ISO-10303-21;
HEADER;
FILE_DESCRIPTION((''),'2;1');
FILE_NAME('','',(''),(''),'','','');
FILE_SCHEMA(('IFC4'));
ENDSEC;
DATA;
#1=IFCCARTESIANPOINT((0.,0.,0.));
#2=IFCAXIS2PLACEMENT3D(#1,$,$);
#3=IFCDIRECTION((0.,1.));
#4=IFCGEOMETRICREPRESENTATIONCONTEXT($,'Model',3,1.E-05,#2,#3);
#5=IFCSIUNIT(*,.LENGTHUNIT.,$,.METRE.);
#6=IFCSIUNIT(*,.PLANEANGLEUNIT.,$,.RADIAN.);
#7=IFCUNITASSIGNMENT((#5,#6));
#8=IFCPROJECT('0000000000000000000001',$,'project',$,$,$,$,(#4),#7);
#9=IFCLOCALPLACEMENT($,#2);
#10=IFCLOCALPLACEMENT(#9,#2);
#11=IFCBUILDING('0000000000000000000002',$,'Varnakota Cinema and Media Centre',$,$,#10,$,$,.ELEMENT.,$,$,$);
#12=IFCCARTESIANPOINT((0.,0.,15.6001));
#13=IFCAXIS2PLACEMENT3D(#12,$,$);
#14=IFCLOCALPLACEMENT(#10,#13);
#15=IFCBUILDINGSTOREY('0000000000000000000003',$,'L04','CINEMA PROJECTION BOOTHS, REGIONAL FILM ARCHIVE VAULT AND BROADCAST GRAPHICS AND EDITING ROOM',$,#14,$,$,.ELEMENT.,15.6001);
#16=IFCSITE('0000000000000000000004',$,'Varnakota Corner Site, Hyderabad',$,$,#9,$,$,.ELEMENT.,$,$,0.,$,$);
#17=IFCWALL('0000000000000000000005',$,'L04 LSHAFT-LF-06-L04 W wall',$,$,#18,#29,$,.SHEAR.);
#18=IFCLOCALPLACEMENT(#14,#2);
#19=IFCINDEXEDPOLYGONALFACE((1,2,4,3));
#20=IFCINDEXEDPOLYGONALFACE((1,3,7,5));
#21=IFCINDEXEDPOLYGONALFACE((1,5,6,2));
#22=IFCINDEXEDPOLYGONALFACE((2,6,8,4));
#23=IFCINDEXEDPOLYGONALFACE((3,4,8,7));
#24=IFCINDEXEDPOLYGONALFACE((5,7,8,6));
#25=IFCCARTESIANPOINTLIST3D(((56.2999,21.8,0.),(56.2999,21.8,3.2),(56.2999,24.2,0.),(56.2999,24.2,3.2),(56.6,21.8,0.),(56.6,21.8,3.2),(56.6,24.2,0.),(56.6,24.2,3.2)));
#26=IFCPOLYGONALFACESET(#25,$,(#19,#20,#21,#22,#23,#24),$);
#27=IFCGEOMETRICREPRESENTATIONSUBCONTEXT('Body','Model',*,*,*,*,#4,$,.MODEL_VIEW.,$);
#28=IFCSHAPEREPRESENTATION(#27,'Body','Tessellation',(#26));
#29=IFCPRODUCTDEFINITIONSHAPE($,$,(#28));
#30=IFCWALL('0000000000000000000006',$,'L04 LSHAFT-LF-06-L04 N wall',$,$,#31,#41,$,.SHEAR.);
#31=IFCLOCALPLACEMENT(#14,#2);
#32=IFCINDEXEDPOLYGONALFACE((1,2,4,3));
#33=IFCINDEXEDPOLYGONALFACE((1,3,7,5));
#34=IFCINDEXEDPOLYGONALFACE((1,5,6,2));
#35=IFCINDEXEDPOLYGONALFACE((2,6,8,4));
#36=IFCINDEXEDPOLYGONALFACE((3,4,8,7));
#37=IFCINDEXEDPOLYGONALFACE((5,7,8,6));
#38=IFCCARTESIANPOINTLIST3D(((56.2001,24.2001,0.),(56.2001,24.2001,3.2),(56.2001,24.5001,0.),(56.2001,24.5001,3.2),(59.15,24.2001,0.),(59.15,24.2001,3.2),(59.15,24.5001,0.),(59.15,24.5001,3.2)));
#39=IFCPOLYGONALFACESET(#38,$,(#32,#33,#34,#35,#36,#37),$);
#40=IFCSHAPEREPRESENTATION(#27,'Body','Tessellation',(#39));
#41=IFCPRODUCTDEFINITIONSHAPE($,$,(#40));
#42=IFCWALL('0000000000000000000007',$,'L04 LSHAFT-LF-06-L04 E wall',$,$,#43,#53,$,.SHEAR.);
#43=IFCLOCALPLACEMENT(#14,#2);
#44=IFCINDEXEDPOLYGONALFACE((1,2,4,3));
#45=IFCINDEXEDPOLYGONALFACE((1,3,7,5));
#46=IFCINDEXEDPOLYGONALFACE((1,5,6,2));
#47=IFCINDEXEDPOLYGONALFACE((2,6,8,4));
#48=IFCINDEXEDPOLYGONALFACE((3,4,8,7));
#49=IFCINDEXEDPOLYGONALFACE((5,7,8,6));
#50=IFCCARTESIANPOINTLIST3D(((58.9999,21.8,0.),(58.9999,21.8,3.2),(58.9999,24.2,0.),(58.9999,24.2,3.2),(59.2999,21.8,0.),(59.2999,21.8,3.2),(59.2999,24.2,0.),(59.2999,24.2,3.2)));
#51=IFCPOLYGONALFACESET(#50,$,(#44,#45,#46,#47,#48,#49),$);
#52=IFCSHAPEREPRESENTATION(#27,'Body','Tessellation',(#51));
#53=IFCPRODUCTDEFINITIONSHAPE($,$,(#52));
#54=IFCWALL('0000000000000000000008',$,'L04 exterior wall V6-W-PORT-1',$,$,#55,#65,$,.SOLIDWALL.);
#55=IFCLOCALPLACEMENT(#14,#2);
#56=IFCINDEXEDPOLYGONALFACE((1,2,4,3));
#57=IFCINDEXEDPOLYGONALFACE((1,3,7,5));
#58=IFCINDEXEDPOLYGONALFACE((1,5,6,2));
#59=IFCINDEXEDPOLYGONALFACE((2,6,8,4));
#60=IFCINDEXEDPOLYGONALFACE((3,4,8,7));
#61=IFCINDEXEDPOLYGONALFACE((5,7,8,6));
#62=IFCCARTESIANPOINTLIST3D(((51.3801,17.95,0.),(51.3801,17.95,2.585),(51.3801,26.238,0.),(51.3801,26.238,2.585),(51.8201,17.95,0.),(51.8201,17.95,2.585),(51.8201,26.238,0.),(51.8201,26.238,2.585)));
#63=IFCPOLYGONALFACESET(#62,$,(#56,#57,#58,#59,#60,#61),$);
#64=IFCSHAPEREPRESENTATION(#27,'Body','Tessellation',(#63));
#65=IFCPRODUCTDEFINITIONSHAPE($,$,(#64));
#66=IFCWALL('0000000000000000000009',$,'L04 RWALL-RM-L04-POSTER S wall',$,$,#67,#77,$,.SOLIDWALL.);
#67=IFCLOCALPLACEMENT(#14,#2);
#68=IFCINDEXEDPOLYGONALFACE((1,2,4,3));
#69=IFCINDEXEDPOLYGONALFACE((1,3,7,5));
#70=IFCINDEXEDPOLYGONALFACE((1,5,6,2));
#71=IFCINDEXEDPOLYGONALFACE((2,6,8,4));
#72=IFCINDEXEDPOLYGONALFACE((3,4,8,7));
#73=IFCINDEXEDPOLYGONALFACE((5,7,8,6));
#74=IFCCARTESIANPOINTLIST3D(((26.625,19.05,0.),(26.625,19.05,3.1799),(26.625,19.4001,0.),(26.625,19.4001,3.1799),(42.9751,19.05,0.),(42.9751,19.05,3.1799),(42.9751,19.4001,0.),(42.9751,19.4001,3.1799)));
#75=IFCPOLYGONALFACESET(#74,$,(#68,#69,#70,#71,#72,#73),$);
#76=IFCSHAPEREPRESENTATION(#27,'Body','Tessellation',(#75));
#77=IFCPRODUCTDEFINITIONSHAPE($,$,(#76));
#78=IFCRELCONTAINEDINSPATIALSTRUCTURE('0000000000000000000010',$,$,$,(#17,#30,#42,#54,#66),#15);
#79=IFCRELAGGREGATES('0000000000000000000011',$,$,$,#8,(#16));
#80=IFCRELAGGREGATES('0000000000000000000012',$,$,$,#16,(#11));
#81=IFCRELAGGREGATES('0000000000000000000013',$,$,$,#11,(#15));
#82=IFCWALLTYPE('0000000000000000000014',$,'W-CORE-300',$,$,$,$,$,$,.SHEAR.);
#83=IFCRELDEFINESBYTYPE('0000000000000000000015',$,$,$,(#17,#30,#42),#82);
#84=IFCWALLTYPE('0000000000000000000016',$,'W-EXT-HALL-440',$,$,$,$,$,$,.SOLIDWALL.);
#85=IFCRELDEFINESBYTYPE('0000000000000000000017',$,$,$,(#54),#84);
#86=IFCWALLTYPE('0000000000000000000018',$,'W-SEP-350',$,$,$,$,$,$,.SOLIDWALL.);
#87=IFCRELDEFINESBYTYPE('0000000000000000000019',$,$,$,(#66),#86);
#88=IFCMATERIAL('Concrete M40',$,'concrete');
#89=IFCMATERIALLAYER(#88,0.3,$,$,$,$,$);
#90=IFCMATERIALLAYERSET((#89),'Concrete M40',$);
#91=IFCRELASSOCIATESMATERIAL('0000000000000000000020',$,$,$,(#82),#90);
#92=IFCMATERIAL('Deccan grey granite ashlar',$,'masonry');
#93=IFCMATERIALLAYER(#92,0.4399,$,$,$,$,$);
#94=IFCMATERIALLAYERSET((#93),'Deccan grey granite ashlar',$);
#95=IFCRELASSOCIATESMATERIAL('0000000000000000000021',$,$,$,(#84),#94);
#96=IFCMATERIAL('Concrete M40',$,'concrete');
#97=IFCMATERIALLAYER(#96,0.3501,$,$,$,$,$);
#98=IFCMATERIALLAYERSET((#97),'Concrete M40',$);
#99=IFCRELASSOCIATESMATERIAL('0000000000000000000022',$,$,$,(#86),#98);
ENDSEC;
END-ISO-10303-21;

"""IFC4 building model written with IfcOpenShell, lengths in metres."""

from ifc_helpers import new_model, si_unit, direction, frame, frame_2d, origin, place, context, subcontext, project, spatial, rectangle, extrude, material, layer, layer_set, type_object, element, save


model = new_model("IFC4")

# Units and contexts
model_context = context("Model", 3, precision=1e-05, world=origin(), true_north=direction((0.0, 1.0)))
body_context = subcontext(model_context, "Body", "Model", "MODEL_VIEW")
ifc_project = project(units=[si_unit("LENGTHUNIT", "METRE"), si_unit("PLANEANGLEUNIT", "RADIAN")], contexts=[model_context])

# Site, building, storey
site_placement = place(None, origin())
site = spatial("IfcSite", under=ifc_project, at=site_placement, Name="Varnakota Corner Site, Hyderabad", CompositionType="ELEMENT", RefElevation=0.0)
building_placement = place(site_placement, origin())
building = spatial("IfcBuilding", under=site, at=building_placement, Name="Varnakota Cinema and Media Centre", CompositionType="ELEMENT")
storey_placement = place(building_placement, frame((0.0, 0.0, 15.6001)))
storey = spatial("IfcBuildingStorey", under=building, at=storey_placement, Name="L04", Description="CINEMA PROJECTION BOOTHS, REGIONAL FILM ARCHIVE VAULT AND BROADCAST GRAPHICS AND EDITING ROOM", CompositionType="ELEMENT", Elevation=15.6001)

# Shared definitions
ifc_material_1 = material(Name="Concrete M40", Category="concrete")
ifc_layer_1 = layer(ifc_material_1, 0.3)
ifc_layer_set_1 = layer_set([ifc_layer_1], Name="Concrete M40")
wall_type_1 = type_object("IfcWallType", Name="W-CORE-300", PredefinedType="SHEAR", material=ifc_layer_set_1)

# Walls
wall_1_placement = place(storey_placement, frame((56.45, 21.8, 0.0), z_axis=(0.0, 0.0, 1.0), x_axis=(0.0, 1.0, 0.0)))
element("IfcWall", 1, at=wall_1_placement, inside=storey, type_object=wall_type_1, Name="L04 LSHAFT-LF-06-L04 W wall", PredefinedType="SHEAR", context=body_context, shape_type="SweptSolid", body=[
    extrude(rectangle(XDim=2.3999, YDim=0.3, at=frame_2d((1.2, 0.0))), origin(), (0.0, 0.0, 1.0), 3.2),
])
wall_2_placement = place(storey_placement, frame((56.2, 24.3501, 0.0), z_axis=(0.0, 0.0, 1.0), x_axis=(1.0, 0.0, 0.0)))
element("IfcWall", 2, at=wall_2_placement, inside=storey, type_object=wall_type_1, Name="L04 LSHAFT-LF-06-L04 N wall", PredefinedType="SHEAR", context=body_context, shape_type="SweptSolid", body=[
    extrude(rectangle(XDim=2.95, YDim=0.3, at=frame_2d((1.4751, 0.0))), origin(), (0.0, 0.0, 1.0), 3.2),
])
wall_3_placement = place(storey_placement, frame((59.1499, 24.2, 0.0), z_axis=(0.0, 0.0, 1.0), x_axis=(0.0, -1.0, 0.0)))
element("IfcWall", 3, at=wall_3_placement, inside=storey, type_object=wall_type_1, Name="L04 LSHAFT-LF-06-L04 E wall", PredefinedType="SHEAR", context=body_context, shape_type="SweptSolid", body=[
    extrude(rectangle(XDim=2.3999, YDim=0.3, at=frame_2d((1.2, 0.0))), origin(), (0.0, 0.0, 1.0), 3.2),
])
ifc_material_2 = material(Name="Deccan grey granite ashlar", Category="masonry")
ifc_layer_2 = layer(ifc_material_2, 0.4399)
ifc_layer_set_2 = layer_set([ifc_layer_2], Name="Deccan grey granite ashlar")
wall_type_2 = type_object("IfcWallType", Name="W-EXT-HALL-440", PredefinedType="SOLIDWALL", material=ifc_layer_set_2)
wall_4_placement = place(storey_placement, frame((51.6001, 26.238, 0.0), z_axis=(0.0, 0.0, 1.0), x_axis=(0.0, -1.0, 0.0)))
element("IfcWall", 4, at=wall_4_placement, inside=storey, type_object=wall_type_2, Name="L04 exterior wall V6-W-PORT-1", PredefinedType="SOLIDWALL", context=body_context, shape_type="SweptSolid", body=[
    extrude(rectangle(XDim=8.2881, YDim=0.4399, at=frame_2d((4.144, 0.0))), origin(), (0.0, 0.0, 1.0), 2.585),
])
ifc_material_3 = material(Name="Concrete M40", Category="concrete")
ifc_layer_3 = layer(ifc_material_3, 0.3501)
ifc_layer_set_3 = layer_set([ifc_layer_3], Name="Concrete M40")
wall_type_3 = type_object("IfcWallType", Name="W-SEP-350", PredefinedType="SOLIDWALL", material=ifc_layer_set_3)
wall_5_placement = place(storey_placement, frame((42.9751, 19.2251, 0.0), z_axis=(0.0, 0.0, 1.0), x_axis=(-1.0, 0.0, 0.0)))
element("IfcWall", 5, at=wall_5_placement, inside=storey, type_object=wall_type_3, Name="L04 RWALL-RM-L04-POSTER S wall", PredefinedType="SOLIDWALL", context=body_context, shape_type="SweptSolid", body=[
    extrude(rectangle(XDim=16.3501, YDim=0.3501, at=frame_2d((8.175, 0.0))), origin(), (0.0, 0.0, 1.0), 3.1799),
])

save(model, "model.ifc")
